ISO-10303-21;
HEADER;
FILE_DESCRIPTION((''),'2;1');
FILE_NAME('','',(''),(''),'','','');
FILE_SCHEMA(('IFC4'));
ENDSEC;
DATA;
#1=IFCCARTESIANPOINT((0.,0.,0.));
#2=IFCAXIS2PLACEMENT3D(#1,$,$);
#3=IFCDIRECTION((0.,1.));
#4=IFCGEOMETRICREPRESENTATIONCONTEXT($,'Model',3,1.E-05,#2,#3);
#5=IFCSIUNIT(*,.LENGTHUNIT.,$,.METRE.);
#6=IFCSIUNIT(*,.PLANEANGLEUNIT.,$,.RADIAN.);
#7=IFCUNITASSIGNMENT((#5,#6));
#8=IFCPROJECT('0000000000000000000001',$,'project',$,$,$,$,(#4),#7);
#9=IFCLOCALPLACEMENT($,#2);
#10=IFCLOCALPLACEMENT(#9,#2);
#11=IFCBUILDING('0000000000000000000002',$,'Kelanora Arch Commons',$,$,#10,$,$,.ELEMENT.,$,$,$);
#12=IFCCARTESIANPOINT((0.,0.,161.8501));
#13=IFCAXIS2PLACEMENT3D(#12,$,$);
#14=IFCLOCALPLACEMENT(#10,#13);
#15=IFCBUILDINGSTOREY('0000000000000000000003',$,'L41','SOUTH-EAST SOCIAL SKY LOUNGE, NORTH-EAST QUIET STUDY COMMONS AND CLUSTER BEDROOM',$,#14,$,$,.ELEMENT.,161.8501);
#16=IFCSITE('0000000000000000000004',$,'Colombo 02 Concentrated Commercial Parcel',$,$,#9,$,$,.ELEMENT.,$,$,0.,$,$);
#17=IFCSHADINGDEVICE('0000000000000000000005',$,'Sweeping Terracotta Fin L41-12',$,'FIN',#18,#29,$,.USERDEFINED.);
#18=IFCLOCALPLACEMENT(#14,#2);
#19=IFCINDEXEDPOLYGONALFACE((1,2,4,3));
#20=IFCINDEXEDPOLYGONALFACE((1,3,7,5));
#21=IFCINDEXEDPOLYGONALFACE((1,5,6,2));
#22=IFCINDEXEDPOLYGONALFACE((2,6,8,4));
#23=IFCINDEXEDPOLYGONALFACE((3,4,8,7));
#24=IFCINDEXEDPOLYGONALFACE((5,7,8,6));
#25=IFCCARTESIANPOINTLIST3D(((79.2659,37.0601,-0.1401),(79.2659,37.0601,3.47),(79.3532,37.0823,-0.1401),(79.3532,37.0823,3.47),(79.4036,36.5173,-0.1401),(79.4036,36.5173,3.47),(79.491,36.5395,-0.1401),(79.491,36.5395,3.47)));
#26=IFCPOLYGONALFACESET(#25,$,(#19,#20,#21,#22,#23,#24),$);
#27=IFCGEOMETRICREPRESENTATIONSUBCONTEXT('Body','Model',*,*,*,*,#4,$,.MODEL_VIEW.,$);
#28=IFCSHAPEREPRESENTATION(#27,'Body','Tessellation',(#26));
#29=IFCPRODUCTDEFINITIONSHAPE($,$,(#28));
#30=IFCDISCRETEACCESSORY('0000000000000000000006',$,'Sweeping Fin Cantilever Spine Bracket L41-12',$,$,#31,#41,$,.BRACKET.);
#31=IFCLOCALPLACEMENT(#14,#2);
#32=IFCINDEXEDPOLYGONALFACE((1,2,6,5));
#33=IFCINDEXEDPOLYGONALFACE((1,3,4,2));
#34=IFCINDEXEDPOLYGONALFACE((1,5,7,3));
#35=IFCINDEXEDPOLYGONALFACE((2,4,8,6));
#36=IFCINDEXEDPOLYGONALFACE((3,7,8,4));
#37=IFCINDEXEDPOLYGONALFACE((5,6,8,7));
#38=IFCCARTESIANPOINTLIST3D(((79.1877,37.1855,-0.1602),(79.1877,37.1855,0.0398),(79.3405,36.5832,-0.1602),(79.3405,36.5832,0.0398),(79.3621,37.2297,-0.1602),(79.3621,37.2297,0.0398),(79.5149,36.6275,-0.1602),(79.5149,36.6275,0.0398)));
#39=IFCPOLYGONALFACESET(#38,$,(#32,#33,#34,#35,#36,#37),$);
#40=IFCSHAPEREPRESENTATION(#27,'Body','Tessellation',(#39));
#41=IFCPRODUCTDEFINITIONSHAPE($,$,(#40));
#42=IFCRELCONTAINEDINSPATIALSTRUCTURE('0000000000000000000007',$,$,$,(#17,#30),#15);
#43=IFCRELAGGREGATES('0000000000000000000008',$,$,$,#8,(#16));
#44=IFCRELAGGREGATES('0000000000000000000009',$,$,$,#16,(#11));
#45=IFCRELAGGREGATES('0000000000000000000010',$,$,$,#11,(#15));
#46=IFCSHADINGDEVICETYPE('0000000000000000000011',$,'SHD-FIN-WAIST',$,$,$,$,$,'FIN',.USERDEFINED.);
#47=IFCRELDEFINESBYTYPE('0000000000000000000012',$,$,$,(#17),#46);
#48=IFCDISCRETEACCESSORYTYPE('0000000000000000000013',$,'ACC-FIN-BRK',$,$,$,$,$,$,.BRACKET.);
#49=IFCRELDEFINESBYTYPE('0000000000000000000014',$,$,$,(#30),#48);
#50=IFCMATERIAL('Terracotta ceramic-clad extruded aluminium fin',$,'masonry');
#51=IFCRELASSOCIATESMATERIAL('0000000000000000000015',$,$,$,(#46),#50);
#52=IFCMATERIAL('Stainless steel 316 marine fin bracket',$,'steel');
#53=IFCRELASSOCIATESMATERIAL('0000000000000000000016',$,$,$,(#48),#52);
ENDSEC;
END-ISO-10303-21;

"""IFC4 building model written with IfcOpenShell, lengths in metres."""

from ifc_helpers import new_model, si_unit, direction, frame, origin, origin_2d, place, context, subcontext, project, spatial, rectangle, extrude, source, transform, mapped, material, type_object, element, save


model = new_model("IFC4")

# Units and contexts
model_context = context("Model", 3, precision=1e-05, world=origin(), true_north=direction((0.0, 1.0)))
body_context = subcontext(model_context, "Body", "Model", "MODEL_VIEW")
ifc_project = project(units=[si_unit("LENGTHUNIT", "METRE"), si_unit("PLANEANGLEUNIT", "RADIAN")], contexts=[model_context])

# Site, building, storey
site_placement = place(None, origin())
site = spatial("IfcSite", under=ifc_project, at=site_placement, Name="Colombo 02 Concentrated Commercial Parcel", CompositionType="ELEMENT", RefElevation=0.0)
building_placement = place(site_placement, origin())
building = spatial("IfcBuilding", under=site, at=building_placement, Name="Kelanora Arch Commons", CompositionType="ELEMENT")
storey_placement = place(building_placement, frame((0.0, 0.0, 161.8501)))
storey = spatial("IfcBuildingStorey", under=building, at=storey_placement, Name="L41", Description="SOUTH-EAST SOCIAL SKY LOUNGE, NORTH-EAST QUIET STUDY COMMONS AND CLUSTER BEDROOM", CompositionType="ELEMENT", Elevation=161.8501)

# Shading device
ifc_material_1 = material(Name="Terracotta ceramic-clad extruded aluminium fin", Category="masonry")
shading_device_type = type_object("IfcShadingDeviceType", Name="SHD-FIN-WAIST", ElementType="FIN", PredefinedType="USERDEFINED", material=ifc_material_1)
shared_shape_1 = source(origin(), body_context, "Body", "SweptSolid", [
    extrude(rectangle(XDim=0.5601, YDim=0.0901, at=origin_2d()), origin(), (0.0, 0.0, 1.0), 3.6101),
])
shading_device_placement = place(storey_placement, frame((79.3784, 36.7998, -0.1401), z_axis=(0.0, 0.0, 1.0), x_axis=(0.245984, -0.969274, 0.0)))
element("IfcShadingDevice", 1, at=shading_device_placement, inside=storey, type_object=shading_device_type, Name="Sweeping Terracotta Fin L41-12", ObjectType="FIN", PredefinedType="USERDEFINED", context=body_context, shape_type="MappedRepresentation", body=[
    mapped(shared_shape_1, transform((0.0, 0.0, 0.0), scale=1.0)),
])

# Discrete accessory
ifc_material_2 = material(Name="Stainless steel 316 marine fin bracket", Category="steel")
discrete_accessory_type = type_object("IfcDiscreteAccessoryType", Name="ACC-FIN-BRK", PredefinedType="BRACKET", material=ifc_material_2)
shared_shape_2 = source(origin(), body_context, "Body", "SweptSolid", [
    extrude(rectangle(XDim=0.6213, YDim=0.1799, at=origin_2d()), origin(), (0.0, 0.0, 1.0), 0.2),
])
discrete_accessory_placement = place(storey_placement, frame((79.3513, 36.9065, -0.1602), z_axis=(0.0, 0.0, 1.0), x_axis=(0.245984, -0.969274, 0.0)))
element("IfcDiscreteAccessory", 2, at=discrete_accessory_placement, inside=storey, type_object=discrete_accessory_type, Name="Sweeping Fin Cantilever Spine Bracket L41-12", PredefinedType="BRACKET", context=body_context, shape_type="MappedRepresentation", body=[
    mapped(shared_shape_2, transform((0.0, 0.0, 0.0), scale=1.0)),
])

save(model, "model.ifc")
